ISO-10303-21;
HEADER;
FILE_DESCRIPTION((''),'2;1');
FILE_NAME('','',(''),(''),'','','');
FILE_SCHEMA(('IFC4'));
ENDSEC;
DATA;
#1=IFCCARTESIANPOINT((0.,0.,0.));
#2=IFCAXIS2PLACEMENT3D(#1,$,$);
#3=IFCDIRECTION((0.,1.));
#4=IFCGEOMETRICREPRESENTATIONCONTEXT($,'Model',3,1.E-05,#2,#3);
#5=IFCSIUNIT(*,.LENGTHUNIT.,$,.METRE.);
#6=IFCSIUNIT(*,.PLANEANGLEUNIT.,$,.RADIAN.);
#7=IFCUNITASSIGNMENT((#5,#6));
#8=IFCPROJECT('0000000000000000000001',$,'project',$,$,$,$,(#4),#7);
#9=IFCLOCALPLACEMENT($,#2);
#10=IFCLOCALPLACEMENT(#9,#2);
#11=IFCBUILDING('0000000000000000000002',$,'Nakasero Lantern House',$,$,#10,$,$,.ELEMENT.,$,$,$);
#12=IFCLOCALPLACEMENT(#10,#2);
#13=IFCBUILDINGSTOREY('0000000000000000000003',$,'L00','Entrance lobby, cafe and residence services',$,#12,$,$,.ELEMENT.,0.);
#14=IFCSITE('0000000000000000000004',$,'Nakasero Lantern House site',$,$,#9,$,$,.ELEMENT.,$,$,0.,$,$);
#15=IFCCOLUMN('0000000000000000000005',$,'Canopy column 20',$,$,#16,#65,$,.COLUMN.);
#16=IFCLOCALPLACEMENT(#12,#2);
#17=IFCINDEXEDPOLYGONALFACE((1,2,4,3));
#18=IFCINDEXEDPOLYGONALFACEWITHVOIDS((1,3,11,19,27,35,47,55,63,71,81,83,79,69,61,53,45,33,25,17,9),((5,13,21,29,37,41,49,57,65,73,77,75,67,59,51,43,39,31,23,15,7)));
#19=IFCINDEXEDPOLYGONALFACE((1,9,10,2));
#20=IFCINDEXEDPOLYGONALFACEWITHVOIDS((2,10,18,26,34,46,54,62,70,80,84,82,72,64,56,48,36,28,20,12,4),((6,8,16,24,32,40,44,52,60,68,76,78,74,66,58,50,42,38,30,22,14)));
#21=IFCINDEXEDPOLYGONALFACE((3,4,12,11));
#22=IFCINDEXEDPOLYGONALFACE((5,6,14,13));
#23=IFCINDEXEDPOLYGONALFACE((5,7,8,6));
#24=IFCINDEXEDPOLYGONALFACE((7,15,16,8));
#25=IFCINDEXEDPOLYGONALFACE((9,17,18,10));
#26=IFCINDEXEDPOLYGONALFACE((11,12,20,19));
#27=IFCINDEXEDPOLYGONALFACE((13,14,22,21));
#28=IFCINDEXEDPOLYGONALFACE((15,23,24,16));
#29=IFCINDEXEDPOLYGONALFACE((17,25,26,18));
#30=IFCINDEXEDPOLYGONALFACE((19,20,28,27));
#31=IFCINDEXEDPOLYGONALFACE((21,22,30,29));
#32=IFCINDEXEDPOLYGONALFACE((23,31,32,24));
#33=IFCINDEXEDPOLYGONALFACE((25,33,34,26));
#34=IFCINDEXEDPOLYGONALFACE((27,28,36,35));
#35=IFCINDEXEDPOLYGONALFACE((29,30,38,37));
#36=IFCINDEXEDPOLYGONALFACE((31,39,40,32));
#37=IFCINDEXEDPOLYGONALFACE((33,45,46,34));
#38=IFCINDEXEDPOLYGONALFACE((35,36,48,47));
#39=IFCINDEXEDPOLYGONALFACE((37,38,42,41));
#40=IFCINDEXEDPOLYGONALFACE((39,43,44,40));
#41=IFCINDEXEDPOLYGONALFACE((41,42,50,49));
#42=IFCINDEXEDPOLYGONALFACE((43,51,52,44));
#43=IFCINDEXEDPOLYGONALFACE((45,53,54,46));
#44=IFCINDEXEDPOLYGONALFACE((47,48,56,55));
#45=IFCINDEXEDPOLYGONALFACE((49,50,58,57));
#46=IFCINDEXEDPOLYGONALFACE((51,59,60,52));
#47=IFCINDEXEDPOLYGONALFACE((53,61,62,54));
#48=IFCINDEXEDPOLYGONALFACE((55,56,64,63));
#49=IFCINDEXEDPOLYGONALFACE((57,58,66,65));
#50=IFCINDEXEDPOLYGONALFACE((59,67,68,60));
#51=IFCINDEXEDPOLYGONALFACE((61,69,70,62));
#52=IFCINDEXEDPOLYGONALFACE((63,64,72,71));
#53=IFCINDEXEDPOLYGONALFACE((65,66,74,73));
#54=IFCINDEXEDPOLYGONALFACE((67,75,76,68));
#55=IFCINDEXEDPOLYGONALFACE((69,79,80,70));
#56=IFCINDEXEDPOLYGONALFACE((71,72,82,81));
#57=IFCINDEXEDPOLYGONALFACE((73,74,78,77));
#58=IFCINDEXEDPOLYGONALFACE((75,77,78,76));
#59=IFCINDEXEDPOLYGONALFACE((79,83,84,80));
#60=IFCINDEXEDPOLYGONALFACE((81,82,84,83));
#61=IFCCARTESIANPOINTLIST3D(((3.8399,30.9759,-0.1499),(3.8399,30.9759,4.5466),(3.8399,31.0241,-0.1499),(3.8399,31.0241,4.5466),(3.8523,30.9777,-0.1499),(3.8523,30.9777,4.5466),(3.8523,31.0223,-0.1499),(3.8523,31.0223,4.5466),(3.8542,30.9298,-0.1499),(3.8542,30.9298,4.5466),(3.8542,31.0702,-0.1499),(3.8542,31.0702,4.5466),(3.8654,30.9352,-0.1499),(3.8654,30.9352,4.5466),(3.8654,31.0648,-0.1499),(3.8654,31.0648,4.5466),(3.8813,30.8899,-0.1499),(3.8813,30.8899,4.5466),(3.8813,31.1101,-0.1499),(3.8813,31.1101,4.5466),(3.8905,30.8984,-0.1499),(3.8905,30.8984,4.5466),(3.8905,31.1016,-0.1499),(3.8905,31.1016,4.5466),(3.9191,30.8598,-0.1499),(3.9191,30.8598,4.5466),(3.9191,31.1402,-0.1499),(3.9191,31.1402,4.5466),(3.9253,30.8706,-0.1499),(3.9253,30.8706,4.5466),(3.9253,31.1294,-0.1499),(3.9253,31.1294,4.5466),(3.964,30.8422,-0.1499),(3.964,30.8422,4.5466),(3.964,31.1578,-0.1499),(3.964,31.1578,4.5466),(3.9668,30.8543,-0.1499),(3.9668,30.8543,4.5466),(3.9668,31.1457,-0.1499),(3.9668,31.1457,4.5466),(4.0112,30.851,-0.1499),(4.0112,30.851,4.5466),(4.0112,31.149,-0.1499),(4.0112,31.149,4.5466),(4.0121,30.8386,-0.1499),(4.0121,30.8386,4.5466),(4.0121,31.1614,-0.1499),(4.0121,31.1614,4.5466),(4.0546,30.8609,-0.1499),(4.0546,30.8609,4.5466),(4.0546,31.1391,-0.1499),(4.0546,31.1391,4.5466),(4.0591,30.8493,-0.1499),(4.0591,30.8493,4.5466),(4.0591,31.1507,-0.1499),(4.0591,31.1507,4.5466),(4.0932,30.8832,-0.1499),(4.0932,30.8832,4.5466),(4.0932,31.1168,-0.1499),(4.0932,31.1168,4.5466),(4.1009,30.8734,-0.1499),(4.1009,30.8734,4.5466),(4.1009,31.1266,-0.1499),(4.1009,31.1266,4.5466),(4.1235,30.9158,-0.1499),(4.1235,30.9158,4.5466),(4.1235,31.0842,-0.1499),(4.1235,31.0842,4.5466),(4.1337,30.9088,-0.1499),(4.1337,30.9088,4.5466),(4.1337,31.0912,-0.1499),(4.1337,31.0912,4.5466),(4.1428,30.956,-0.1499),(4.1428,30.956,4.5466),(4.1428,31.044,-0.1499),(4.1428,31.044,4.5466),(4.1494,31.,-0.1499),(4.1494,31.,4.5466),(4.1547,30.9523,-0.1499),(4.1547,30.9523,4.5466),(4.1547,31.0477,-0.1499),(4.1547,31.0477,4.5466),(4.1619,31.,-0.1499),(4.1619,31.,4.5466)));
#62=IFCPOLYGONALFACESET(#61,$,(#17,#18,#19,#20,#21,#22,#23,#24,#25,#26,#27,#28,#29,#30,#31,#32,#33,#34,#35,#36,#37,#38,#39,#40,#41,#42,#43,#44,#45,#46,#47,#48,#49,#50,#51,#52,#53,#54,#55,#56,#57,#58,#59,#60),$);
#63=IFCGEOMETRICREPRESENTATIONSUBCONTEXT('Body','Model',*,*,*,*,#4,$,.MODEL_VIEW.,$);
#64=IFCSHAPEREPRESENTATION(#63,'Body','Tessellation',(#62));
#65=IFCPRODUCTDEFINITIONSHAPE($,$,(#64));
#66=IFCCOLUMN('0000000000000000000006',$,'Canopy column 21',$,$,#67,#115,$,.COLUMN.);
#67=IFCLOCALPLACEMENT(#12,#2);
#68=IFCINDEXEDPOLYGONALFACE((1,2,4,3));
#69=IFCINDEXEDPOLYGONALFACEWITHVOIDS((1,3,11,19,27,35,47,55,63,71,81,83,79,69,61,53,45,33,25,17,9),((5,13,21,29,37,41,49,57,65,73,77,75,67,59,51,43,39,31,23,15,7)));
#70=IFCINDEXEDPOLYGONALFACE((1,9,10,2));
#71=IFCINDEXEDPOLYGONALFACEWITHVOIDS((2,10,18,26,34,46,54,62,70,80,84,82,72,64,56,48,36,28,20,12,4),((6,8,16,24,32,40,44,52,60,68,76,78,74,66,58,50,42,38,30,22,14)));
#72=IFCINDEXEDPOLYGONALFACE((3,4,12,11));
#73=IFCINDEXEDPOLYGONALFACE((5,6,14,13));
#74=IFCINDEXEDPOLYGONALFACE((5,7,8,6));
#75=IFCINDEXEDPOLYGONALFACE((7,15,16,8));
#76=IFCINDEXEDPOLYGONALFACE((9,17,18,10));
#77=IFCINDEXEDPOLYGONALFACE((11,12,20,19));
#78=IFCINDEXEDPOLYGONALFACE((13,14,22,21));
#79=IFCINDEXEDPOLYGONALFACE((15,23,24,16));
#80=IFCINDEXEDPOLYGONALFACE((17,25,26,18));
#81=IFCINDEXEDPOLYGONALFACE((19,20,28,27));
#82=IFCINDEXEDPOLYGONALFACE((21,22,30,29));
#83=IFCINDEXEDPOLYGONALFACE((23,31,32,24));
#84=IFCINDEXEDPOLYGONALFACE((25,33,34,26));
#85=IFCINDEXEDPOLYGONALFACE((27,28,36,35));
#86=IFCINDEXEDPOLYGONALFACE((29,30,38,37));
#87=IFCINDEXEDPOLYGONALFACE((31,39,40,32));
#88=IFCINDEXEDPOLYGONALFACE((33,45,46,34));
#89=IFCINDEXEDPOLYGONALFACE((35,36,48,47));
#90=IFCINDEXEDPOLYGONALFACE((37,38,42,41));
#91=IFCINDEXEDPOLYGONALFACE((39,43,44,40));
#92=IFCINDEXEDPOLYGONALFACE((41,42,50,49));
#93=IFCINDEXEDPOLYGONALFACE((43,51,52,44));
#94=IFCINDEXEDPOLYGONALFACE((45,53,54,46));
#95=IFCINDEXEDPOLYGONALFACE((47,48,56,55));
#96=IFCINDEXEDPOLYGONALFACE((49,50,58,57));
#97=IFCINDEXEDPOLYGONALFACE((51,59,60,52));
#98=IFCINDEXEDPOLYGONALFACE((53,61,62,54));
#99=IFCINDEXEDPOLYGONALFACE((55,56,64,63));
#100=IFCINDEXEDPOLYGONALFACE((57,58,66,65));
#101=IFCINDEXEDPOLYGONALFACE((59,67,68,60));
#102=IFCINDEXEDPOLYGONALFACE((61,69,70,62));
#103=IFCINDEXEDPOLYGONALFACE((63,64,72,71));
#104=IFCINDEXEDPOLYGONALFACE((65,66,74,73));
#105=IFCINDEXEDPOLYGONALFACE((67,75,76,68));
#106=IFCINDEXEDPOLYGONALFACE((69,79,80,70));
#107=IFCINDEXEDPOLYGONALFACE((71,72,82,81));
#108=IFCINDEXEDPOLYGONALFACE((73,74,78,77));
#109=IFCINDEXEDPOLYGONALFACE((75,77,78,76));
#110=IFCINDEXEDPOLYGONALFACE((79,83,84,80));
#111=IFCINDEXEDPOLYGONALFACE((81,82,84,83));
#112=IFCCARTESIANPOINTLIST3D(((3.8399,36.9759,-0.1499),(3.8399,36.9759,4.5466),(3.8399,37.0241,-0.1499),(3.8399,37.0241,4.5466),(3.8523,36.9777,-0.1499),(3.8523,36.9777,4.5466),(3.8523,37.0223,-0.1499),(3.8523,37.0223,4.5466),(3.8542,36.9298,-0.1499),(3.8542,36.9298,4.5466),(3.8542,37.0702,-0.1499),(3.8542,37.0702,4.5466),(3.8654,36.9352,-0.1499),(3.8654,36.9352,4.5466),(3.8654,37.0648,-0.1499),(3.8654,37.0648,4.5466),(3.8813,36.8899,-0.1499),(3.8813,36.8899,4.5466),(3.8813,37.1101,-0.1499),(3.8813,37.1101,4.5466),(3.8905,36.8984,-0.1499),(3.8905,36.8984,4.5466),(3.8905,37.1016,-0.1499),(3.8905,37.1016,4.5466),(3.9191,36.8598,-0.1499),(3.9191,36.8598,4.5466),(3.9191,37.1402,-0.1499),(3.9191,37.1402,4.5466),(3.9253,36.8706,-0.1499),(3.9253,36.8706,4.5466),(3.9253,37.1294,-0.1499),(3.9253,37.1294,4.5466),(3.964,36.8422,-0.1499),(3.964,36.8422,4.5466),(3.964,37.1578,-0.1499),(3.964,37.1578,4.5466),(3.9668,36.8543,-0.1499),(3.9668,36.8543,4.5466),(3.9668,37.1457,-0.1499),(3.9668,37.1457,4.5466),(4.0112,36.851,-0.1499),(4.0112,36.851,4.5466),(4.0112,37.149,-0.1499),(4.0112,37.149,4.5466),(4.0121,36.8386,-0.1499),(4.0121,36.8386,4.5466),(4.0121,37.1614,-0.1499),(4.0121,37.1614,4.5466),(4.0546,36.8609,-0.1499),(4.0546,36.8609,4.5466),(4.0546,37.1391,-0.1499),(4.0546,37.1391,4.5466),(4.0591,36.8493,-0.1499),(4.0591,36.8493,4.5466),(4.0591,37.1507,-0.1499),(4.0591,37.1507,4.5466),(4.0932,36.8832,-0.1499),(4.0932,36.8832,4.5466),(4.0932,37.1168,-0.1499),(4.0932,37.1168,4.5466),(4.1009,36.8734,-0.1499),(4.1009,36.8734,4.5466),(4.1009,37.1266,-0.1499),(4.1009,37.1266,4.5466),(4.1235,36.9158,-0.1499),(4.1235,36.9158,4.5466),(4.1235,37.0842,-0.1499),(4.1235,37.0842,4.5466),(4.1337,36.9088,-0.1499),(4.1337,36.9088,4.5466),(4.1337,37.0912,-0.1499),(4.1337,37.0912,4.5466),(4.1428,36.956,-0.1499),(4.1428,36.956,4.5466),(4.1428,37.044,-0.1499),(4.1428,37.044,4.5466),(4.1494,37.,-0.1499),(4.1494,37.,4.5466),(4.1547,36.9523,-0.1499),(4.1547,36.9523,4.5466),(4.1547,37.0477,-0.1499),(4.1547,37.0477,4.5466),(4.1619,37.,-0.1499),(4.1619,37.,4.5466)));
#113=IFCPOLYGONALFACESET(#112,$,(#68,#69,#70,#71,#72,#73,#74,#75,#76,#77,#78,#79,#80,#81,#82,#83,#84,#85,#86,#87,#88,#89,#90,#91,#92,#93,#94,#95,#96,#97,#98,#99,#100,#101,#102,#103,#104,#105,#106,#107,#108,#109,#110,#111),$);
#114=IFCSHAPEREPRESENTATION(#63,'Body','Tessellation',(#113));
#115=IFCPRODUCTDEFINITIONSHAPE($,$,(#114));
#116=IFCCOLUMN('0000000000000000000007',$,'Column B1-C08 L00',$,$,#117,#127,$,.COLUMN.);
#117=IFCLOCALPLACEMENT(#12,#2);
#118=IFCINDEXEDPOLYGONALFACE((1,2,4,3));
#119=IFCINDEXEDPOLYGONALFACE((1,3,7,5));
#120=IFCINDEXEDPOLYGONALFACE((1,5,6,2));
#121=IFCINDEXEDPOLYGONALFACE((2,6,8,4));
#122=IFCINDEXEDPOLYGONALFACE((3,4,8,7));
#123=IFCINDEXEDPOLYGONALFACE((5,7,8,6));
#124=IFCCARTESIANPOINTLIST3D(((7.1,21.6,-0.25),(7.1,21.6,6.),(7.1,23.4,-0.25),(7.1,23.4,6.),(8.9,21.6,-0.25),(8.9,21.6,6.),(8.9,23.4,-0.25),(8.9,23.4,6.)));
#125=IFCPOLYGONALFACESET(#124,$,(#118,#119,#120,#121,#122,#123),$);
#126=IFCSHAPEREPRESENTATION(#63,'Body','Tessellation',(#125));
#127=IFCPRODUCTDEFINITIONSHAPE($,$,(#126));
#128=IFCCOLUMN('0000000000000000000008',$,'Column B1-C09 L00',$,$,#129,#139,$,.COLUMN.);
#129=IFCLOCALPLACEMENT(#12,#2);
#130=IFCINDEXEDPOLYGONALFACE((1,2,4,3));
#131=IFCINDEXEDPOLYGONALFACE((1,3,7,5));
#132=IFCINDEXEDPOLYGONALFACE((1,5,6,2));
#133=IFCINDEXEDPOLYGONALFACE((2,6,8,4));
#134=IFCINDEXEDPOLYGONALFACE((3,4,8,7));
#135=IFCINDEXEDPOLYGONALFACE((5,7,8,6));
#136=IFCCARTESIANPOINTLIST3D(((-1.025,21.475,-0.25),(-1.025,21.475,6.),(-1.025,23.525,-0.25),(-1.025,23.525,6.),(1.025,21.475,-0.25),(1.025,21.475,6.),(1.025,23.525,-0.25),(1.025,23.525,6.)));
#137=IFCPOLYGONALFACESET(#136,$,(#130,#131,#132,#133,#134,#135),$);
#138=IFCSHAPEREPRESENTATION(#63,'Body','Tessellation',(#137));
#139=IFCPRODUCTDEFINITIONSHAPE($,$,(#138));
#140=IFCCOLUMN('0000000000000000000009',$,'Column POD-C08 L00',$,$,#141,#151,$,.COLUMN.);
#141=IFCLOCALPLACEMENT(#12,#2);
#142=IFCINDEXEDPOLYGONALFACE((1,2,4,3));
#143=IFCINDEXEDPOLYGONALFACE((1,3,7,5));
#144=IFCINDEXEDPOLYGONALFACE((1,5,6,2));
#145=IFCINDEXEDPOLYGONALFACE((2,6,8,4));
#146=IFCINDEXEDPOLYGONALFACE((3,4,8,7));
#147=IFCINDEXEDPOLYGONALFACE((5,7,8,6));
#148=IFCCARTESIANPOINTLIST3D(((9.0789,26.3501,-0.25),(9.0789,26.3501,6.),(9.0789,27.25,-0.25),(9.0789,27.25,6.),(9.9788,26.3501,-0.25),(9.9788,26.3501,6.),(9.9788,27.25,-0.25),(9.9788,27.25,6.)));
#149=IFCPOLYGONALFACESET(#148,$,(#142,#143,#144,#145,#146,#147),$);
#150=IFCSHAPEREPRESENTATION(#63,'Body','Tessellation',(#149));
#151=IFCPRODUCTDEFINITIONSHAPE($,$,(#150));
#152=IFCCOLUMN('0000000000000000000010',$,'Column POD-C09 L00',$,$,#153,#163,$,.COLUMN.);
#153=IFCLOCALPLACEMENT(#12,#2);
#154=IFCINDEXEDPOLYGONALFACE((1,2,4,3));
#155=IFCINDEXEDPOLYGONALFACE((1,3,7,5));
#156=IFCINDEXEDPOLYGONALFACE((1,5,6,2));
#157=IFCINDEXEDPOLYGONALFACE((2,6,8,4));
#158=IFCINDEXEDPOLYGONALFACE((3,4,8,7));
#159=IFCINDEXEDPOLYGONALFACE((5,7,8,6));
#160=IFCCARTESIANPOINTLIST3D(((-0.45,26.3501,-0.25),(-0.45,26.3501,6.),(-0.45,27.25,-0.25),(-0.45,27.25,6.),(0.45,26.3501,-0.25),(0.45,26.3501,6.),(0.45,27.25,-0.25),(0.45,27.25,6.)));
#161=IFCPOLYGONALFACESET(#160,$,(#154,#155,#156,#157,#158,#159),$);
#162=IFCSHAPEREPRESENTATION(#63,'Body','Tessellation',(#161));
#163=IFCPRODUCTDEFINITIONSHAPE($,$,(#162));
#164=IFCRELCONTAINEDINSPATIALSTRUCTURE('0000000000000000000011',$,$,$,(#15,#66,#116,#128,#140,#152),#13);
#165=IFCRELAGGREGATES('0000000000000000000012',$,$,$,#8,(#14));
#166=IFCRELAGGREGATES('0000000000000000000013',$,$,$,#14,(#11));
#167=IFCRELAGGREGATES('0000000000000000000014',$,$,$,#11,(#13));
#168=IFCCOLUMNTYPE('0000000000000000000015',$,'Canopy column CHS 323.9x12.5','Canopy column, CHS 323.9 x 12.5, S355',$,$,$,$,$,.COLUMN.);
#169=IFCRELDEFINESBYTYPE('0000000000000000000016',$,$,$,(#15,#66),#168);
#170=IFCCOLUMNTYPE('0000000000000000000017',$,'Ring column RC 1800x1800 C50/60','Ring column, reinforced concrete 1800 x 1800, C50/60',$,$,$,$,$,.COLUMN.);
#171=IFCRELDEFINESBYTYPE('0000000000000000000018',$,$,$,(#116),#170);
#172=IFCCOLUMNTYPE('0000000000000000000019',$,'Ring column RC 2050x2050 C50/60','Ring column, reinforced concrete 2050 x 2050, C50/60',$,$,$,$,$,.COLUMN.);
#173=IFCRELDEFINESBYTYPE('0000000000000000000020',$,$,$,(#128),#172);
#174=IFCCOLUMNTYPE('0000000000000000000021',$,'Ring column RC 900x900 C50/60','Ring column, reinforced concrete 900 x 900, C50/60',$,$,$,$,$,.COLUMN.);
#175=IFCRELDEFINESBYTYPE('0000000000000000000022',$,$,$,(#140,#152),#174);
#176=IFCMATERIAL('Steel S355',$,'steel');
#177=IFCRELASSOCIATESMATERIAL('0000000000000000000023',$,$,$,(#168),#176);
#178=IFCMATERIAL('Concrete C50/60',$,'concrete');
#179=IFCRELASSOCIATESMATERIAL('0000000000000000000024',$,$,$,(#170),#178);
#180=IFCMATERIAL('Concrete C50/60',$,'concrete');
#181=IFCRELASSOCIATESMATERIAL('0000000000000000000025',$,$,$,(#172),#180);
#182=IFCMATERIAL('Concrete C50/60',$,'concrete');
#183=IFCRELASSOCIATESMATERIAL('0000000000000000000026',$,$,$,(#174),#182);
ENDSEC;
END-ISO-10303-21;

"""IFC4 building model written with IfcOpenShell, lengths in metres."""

from ifc_helpers import new_model, si_unit, direction, frame, origin, origin_2d, place, context, subcontext, project, spatial, rectangle, hollow_circle, extrude, material, material_profile, profile_set, type_object, element, save


model = new_model("IFC4")

# Units and contexts
model_context = context("Model", 3, precision=1e-05, world=origin(), true_north=direction((0.0, 1.0)))
body_context = subcontext(model_context, "Body", "Model", "MODEL_VIEW")
ifc_project = project(units=[si_unit("LENGTHUNIT", "METRE"), si_unit("PLANEANGLEUNIT", "RADIAN")], contexts=[model_context])

# Site, building, storey
site_placement = place(None, origin())
site = spatial("IfcSite", under=ifc_project, at=site_placement, Name="Nakasero Lantern House site", CompositionType="ELEMENT", RefElevation=0.0)
building_placement = place(site_placement, origin())
building = spatial("IfcBuilding", under=site, at=building_placement, Name="Nakasero Lantern House", CompositionType="ELEMENT")
storey_placement = place(building_placement, origin())
storey = spatial("IfcBuildingStorey", under=building, at=storey_placement, Name="L00", Description="Entrance lobby, cafe and residence services", CompositionType="ELEMENT", Elevation=0.0)

# Columns
ifc_material_1 = material(Name="Steel S355", Category="steel")
ifc_material_profile_1 = material_profile(ifc_material_1, hollow_circle(Radius=0.1619, WallThickness=0.0125, at=origin_2d()), Name="CHS 323.9x12.5")
ifc_profile_set_1 = profile_set([ifc_material_profile_1], Name="Steel S355")
column_type_1 = type_object("IfcColumnType", Name="Canopy column CHS 323.9x12.5", Description="Canopy column, CHS 323.9 x 12.5, S355", PredefinedType="COLUMN", material=ifc_profile_set_1)
for number, where, z_axis, x_axis, name in (
    (1, (4.0, 31.0, -0.1499), (0.0, 0.0, 1.0), (1.0, 0.0, 0.0), "Canopy column 20"),
    (2, (4.0, 37.0, -0.1499), (0.0, 0.0, 1.0), (1.0, 0.0, 0.0), "Canopy column 21"),
):
    element("IfcColumn", number, at=place(storey_placement, frame(where, z_axis=z_axis, x_axis=x_axis)), inside=storey, type_object=column_type_1, Name=name, PredefinedType="COLUMN", context=body_context, shape_type="SweptSolid", body=[
        extrude(hollow_circle(Radius=0.1619, WallThickness=0.0125, at=origin_2d()), origin(), (0.0, 0.0, 1.0), 4.6965),
    ])
ifc_material_2 = material(Name="Concrete C50/60", Category="concrete")
ifc_material_profile_2 = material_profile(ifc_material_2, rectangle(XDim=1.8, YDim=1.8, at=origin_2d()), Name="RC 1800x1800")
ifc_profile_set_2 = profile_set([ifc_material_profile_2], Name="Concrete C50/60")
column_type_2 = type_object("IfcColumnType", Name="Ring column RC 1800x1800 C50/60", Description="Ring column, reinforced concrete 1800 x 1800, C50/60", PredefinedType="COLUMN", material=ifc_profile_set_2)
column_1_placement = place(storey_placement, frame((8.0, 22.5, -0.25), z_axis=(0.0, 0.0, 1.0), x_axis=(1.0, 0.0, 0.0)))
element("IfcColumn", 3, at=column_1_placement, inside=storey, type_object=column_type_2, Name="Column B1-C08 L00", PredefinedType="COLUMN", context=body_context, shape_type="SweptSolid", body=[
    extrude(rectangle(XDim=1.8, YDim=1.8, at=origin_2d()), origin(), (0.0, 0.0, 1.0), 6.25),
])
ifc_material_3 = material(Name="Concrete C50/60", Category="concrete")
ifc_material_profile_3 = material_profile(ifc_material_3, rectangle(XDim=2.05, YDim=2.05, at=origin_2d()), Name="RC 2050x2050")
ifc_profile_set_3 = profile_set([ifc_material_profile_3], Name="Concrete C50/60")
column_type_3 = type_object("IfcColumnType", Name="Ring column RC 2050x2050 C50/60", Description="Ring column, reinforced concrete 2050 x 2050, C50/60", PredefinedType="COLUMN", material=ifc_profile_set_3)
column_2_placement = place(storey_placement, frame((0.0, 22.5, -0.25), z_axis=(0.0, 0.0, 1.0), x_axis=(1.0, 0.0, 0.0)))
element("IfcColumn", 4, at=column_2_placement, inside=storey, type_object=column_type_3, Name="Column B1-C09 L00", PredefinedType="COLUMN", context=body_context, shape_type="SweptSolid", body=[
    extrude(rectangle(XDim=2.05, YDim=2.05, at=origin_2d()), origin(), (0.0, 0.0, 1.0), 6.25),
])
ifc_material_4 = material(Name="Concrete C50/60", Category="concrete")
ifc_material_profile_4 = material_profile(ifc_material_4, rectangle(XDim=0.8999, YDim=0.8999, at=origin_2d()), Name="RC 900x900")
ifc_profile_set_4 = profile_set([ifc_material_profile_4], Name="Concrete C50/60")
column_type_4 = type_object("IfcColumnType", Name="Ring column RC 900x900 C50/60", Description="Ring column, reinforced concrete 900 x 900, C50/60", PredefinedType="COLUMN", material=ifc_profile_set_4)
for number, where, z_axis, x_axis, name in (
    (5, (9.5288, 26.8, -0.25), (0.0, 0.0, 1.0), (1.0, 0.0, 0.0), "Column POD-C08 L00"),
    (6, (0.0, 26.8, -0.25), (0.0, 0.0, 1.0), (1.0, 0.0, 0.0), "Column POD-C09 L00"),
):
    element("IfcColumn", number, at=place(storey_placement, frame(where, z_axis=z_axis, x_axis=x_axis)), inside=storey, type_object=column_type_4, Name=name, PredefinedType="COLUMN", context=body_context, shape_type="SweptSolid", body=[
        extrude(rectangle(XDim=0.8999, YDim=0.8999, at=origin_2d()), origin(), (0.0, 0.0, 1.0), 6.25),
    ])

save(model, "model.ifc")
